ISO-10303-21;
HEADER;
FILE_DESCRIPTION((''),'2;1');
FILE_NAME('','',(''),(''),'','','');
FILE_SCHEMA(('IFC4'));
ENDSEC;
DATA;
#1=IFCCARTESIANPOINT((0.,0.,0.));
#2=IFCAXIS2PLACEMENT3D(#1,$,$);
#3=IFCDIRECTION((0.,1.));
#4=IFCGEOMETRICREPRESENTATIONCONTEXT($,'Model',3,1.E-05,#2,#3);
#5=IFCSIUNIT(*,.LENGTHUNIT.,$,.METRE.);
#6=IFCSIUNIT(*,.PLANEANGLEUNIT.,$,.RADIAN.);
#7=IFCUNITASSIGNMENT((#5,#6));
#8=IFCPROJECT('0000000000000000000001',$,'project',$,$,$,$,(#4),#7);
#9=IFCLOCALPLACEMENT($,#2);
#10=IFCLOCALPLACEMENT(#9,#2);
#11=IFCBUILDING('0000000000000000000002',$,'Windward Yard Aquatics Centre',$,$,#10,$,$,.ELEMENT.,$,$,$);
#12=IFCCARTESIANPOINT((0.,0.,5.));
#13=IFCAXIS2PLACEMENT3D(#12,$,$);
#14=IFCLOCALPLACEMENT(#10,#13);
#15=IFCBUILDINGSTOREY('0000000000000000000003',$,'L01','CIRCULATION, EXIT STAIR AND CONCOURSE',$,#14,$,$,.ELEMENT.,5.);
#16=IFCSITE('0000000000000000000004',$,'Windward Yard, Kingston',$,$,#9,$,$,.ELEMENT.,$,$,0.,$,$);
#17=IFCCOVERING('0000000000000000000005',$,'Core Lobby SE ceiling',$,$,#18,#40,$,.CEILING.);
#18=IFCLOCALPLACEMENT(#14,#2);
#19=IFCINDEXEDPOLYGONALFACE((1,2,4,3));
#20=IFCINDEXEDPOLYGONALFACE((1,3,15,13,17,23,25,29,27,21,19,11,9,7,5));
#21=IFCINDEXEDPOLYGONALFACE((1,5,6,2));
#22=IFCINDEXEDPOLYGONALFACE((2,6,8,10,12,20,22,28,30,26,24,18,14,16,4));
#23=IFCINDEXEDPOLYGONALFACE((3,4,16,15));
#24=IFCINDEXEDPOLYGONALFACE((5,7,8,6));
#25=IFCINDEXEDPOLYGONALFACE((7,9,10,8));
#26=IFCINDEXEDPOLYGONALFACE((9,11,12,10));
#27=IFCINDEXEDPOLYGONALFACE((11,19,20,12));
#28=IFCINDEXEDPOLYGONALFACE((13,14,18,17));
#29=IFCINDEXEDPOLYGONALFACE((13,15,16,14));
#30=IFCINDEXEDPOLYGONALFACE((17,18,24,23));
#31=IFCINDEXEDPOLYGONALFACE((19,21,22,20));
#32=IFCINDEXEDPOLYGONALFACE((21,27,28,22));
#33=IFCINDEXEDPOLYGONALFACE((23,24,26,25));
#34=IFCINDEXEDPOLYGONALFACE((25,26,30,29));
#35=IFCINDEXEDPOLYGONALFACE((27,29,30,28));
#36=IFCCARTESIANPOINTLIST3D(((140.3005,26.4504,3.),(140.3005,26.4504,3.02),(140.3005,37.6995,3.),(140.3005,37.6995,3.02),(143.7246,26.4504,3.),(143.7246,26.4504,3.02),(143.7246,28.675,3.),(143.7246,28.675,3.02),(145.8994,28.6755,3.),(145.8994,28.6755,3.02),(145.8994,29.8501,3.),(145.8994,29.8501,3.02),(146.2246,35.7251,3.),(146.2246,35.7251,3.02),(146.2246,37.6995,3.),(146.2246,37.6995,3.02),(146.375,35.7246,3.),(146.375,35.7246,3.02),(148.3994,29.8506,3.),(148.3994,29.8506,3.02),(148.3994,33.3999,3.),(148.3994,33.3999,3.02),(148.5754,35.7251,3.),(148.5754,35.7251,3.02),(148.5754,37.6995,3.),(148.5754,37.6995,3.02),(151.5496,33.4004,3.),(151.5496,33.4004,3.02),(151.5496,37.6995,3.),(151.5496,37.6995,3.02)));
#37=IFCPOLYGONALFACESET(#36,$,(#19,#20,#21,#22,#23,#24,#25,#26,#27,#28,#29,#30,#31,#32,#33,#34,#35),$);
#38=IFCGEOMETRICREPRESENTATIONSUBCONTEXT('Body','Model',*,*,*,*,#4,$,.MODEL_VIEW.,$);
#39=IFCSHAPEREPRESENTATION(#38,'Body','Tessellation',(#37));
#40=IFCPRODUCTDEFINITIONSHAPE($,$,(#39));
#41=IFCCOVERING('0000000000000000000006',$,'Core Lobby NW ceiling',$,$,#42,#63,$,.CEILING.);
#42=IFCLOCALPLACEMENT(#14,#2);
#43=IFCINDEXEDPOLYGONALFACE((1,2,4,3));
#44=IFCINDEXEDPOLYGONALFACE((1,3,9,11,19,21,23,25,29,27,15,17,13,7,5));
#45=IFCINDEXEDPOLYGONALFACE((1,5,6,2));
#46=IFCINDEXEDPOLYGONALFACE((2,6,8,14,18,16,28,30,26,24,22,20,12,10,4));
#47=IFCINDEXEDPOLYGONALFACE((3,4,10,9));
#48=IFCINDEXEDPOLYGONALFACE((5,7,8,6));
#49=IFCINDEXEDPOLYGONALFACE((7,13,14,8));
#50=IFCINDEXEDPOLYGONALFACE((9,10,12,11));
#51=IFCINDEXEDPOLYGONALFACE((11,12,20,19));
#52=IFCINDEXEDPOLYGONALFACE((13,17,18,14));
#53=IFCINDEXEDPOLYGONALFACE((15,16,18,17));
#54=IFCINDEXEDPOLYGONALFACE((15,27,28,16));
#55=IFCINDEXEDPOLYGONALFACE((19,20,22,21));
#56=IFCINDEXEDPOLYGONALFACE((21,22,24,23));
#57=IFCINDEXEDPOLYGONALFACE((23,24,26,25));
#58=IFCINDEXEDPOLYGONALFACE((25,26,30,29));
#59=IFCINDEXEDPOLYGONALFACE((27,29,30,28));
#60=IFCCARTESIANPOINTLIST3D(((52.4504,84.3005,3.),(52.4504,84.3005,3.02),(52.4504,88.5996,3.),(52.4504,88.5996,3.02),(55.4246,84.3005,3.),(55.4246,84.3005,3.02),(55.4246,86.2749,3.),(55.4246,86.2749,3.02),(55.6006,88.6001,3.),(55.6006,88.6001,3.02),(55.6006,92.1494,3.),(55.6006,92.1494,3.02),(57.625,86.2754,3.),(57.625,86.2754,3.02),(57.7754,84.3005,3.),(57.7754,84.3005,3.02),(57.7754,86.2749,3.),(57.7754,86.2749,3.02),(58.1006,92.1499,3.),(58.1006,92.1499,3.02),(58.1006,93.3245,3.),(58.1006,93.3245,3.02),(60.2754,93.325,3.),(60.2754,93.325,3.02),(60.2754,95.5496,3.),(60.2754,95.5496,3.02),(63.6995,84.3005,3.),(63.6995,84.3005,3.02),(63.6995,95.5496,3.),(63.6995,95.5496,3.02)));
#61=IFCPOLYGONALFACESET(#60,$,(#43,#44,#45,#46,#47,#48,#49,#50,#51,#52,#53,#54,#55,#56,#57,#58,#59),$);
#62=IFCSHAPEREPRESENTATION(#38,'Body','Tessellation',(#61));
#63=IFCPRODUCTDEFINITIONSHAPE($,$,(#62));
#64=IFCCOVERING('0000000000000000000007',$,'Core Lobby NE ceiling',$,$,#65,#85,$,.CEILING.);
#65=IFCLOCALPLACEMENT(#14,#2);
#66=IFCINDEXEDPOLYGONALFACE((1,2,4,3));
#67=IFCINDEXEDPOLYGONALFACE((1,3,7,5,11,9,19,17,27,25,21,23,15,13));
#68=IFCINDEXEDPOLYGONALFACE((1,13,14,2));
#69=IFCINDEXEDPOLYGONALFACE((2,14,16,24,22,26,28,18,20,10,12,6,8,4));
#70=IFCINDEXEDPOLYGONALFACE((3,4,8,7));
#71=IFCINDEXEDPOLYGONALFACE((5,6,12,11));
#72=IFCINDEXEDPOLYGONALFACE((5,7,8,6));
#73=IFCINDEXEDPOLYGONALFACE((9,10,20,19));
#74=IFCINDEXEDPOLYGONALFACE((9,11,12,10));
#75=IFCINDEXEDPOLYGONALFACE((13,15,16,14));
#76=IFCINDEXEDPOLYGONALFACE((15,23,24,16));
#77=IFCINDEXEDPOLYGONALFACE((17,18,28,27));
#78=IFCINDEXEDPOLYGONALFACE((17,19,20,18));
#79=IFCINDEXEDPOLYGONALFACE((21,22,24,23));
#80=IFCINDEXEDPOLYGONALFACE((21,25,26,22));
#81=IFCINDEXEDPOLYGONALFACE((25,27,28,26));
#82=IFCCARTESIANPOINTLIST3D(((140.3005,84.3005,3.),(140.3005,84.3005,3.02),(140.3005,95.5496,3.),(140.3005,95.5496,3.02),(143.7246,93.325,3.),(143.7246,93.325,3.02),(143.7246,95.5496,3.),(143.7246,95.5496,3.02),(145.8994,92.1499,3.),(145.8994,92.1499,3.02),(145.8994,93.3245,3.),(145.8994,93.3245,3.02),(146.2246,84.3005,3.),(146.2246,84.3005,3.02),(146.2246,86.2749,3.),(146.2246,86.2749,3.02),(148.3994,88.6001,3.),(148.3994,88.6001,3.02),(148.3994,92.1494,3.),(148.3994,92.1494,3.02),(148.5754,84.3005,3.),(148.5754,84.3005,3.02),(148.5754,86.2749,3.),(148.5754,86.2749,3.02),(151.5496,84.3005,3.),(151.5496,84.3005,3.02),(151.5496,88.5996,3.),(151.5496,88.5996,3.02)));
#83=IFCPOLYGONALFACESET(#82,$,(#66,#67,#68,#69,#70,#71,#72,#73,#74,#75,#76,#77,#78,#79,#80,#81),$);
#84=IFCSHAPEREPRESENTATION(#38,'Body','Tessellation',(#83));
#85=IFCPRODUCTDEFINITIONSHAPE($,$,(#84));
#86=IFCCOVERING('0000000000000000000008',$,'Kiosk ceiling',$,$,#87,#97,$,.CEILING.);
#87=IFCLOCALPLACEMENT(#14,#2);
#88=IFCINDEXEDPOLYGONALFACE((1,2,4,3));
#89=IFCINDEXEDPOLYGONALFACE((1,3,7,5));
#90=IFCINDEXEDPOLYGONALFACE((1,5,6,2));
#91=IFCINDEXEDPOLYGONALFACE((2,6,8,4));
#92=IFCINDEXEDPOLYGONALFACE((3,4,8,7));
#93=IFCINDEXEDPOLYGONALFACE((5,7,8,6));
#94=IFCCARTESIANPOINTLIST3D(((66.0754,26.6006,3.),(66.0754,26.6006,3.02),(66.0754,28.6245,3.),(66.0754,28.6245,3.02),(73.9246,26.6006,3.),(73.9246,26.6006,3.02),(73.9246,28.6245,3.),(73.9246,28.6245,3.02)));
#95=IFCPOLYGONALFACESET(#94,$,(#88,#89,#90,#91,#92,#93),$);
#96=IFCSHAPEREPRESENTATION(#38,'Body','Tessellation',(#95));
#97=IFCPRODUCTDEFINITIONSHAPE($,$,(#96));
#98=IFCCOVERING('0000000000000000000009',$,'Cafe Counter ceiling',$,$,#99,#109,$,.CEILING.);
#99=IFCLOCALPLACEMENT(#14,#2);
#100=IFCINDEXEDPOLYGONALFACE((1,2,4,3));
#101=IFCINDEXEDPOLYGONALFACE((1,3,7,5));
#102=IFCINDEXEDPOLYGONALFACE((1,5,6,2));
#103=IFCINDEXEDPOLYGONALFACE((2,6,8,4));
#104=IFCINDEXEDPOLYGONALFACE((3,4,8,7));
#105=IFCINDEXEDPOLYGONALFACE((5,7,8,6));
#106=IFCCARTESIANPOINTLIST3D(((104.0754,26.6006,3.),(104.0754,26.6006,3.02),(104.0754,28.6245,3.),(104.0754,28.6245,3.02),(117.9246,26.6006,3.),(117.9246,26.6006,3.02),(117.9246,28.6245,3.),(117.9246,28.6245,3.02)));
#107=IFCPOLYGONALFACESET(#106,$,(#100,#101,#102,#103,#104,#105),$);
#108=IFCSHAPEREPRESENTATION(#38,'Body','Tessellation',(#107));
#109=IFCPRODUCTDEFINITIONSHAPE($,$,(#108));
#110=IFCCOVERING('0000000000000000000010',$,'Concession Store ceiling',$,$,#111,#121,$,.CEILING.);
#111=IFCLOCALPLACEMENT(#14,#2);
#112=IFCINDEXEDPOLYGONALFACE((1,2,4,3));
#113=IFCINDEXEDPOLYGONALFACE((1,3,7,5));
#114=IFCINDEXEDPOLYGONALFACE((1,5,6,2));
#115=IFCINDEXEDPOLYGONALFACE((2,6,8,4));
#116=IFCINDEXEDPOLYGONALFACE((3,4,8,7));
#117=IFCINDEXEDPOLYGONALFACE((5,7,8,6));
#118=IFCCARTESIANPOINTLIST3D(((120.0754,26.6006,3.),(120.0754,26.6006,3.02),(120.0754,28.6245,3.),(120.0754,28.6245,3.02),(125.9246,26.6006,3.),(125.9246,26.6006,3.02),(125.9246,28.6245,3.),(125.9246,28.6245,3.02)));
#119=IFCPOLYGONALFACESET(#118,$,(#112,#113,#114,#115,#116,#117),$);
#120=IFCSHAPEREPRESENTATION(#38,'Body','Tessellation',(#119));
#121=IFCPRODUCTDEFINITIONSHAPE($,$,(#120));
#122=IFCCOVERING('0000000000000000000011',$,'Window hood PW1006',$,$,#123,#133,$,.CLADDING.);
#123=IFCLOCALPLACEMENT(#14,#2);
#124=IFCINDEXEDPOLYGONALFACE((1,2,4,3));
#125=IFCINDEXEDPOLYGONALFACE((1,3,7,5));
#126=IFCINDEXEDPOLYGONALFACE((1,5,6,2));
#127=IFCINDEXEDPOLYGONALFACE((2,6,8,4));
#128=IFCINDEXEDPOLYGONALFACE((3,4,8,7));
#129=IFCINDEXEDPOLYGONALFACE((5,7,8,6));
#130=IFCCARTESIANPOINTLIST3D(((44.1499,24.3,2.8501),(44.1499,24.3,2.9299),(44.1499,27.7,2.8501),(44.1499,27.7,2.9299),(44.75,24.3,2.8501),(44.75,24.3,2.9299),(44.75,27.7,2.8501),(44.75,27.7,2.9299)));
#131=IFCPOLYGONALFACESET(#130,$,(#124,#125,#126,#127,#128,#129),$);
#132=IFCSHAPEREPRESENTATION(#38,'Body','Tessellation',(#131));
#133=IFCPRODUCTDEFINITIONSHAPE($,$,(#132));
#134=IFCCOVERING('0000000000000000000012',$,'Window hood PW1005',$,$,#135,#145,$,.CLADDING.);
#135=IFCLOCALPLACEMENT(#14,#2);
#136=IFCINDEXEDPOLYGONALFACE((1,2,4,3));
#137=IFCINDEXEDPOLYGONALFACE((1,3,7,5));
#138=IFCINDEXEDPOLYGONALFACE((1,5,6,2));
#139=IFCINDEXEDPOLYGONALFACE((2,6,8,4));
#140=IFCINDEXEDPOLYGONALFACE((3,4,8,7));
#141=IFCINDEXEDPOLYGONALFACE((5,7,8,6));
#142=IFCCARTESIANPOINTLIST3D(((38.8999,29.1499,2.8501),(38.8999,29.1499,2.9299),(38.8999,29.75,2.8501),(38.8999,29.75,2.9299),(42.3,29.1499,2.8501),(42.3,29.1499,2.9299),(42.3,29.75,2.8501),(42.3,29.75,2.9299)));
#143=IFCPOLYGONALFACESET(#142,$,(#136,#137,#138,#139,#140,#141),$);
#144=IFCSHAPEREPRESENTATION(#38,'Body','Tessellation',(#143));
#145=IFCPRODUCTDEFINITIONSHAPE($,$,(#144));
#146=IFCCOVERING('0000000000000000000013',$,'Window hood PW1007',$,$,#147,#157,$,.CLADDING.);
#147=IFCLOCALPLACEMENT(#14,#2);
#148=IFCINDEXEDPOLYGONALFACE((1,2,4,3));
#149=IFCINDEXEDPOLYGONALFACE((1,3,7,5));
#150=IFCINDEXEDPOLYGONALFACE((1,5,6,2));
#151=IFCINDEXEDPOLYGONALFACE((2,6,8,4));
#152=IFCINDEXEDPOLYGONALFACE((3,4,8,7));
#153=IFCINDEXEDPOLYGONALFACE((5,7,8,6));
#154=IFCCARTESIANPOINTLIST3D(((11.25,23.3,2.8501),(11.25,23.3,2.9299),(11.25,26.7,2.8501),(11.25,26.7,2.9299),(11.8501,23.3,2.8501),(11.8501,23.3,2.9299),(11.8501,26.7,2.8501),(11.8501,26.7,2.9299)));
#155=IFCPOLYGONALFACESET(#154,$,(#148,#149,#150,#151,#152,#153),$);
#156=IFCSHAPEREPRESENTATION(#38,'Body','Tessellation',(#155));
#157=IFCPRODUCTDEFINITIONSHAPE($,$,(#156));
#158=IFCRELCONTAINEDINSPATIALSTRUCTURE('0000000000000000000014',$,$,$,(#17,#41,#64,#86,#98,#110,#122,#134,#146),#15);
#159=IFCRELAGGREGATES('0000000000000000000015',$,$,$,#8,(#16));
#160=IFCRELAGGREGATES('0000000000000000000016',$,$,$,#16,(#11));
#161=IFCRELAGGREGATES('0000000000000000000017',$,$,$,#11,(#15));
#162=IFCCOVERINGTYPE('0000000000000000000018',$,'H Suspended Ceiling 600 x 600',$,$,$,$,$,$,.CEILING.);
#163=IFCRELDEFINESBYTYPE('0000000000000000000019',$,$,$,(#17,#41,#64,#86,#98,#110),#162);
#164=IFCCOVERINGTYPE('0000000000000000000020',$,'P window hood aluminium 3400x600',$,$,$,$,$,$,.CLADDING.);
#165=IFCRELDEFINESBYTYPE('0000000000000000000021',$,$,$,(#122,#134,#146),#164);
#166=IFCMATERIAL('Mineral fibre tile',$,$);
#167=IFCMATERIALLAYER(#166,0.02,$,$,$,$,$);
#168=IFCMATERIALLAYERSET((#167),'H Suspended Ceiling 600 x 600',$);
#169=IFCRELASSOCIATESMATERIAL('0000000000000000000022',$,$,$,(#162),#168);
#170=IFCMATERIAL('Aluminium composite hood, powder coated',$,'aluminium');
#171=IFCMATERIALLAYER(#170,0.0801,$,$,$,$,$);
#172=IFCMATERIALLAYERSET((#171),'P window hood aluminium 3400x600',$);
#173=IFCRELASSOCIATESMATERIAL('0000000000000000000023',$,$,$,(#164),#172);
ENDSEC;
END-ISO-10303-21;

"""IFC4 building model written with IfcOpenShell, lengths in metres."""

from ifc_helpers import new_model, si_unit, direction, frame, origin, place, context, subcontext, project, spatial, polyline, outline, extrude, material, layer, layer_set, type_object, element, save


model = new_model("IFC4")

# Units and contexts
model_context = context("Model", 3, precision=1e-05, world=origin(), true_north=direction((0.0, 1.0)))
body_context = subcontext(model_context, "Body", "Model", "MODEL_VIEW")
ifc_project = project(units=[si_unit("LENGTHUNIT", "METRE"), si_unit("PLANEANGLEUNIT", "RADIAN")], contexts=[model_context])

# Site, building, storey
site_placement = place(None, origin())
site = spatial("IfcSite", under=ifc_project, at=site_placement, Name="Windward Yard, Kingston", CompositionType="ELEMENT", RefElevation=0.0)
building_placement = place(site_placement, origin())
building = spatial("IfcBuilding", under=site, at=building_placement, Name="Windward Yard Aquatics Centre", CompositionType="ELEMENT")
storey_placement = place(building_placement, frame((0.0, 0.0, 5.0)))
storey = spatial("IfcBuildingStorey", under=building, at=storey_placement, Name="L01", Description="CIRCULATION, EXIT STAIR AND CONCOURSE", CompositionType="ELEMENT", Elevation=5.0)

# Coverings
ifc_material_1 = material(Name="Aluminium composite hood, powder coated", Category="aluminium")
ifc_material_2 = material(Name="Mineral fibre tile")
ifc_layer_1 = layer(ifc_material_2, 0.02)
ifc_layer_set_1 = layer_set([ifc_layer_1], Name="H Suspended Ceiling 600 x 600")
covering_type_1 = type_object("IfcCoveringType", Name="H Suspended Ceiling 600 x 600", PredefinedType="CEILING", material=ifc_layer_set_1)
covering_1_placement = place(storey_placement, frame((0.0, 0.0, 3.0)))
element("IfcCovering", 1, at=covering_1_placement, inside=storey, type_object=covering_type_1, Name="Core Lobby SE ceiling", PredefinedType="CEILING", context=body_context, shape_type="SweptSolid", body=[
    extrude(outline(polyline([(140.3005, 26.4504), (140.3005, 37.6995), (146.2246, 37.6995), (146.2246, 35.7251), (146.375, 35.7246), (148.5754, 35.7251), (148.5754, 37.6995), (151.5496, 37.6995), (151.5496, 33.4004), (148.3994, 33.3999), (148.3994, 29.8506), (145.8994, 29.8501), (145.8994, 28.6755), (143.7246, 28.675), (143.7246, 26.4504), (140.3005, 26.4504)])), origin(), (0.0, 0.0, 1.0), 0.02),
])
covering_2_placement = place(storey_placement, frame((0.0, 0.0, 3.0)))
element("IfcCovering", 2, at=covering_2_placement, inside=storey, type_object=covering_type_1, Name="Core Lobby NW ceiling", PredefinedType="CEILING", context=body_context, shape_type="SweptSolid", body=[
    extrude(outline(polyline([(52.4504, 84.3005), (52.4504, 88.5996), (55.6006, 88.6001), (55.6006, 92.1494), (58.1006, 92.1499), (58.1006, 93.3245), (60.2754, 93.325), (60.2754, 95.5496), (63.6995, 95.5496), (63.6995, 84.3005), (57.7754, 84.3005), (57.7754, 86.2749), (57.625, 86.2754), (55.4246, 86.2749), (55.4246, 84.3005), (52.4504, 84.3005)])), origin(), (0.0, 0.0, 1.0), 0.02),
])
covering_3_placement = place(storey_placement, frame((0.0, 0.0, 3.0)))
element("IfcCovering", 3, at=covering_3_placement, inside=storey, type_object=covering_type_1, Name="Core Lobby NE ceiling", PredefinedType="CEILING", context=body_context, shape_type="SweptSolid", body=[
    extrude(outline(polyline([(140.3005, 84.3005), (140.3005, 95.5496), (143.7246, 95.5496), (143.7246, 93.325), (145.8994, 93.3245), (145.8994, 92.1499), (148.3994, 92.1494), (148.3994, 88.6001), (151.5496, 88.5996), (151.5496, 84.3005), (148.5754, 84.3005), (148.5754, 86.2749), (146.2246, 86.2749), (146.2246, 84.3005), (140.3005, 84.3005)])), origin(), (0.0, 0.0, 1.0), 0.02),
])
covering_4_placement = place(storey_placement, frame((0.0, 0.0, 3.0)))
element("IfcCovering", 4, at=covering_4_placement, inside=storey, type_object=covering_type_1, Name="Kiosk ceiling", PredefinedType="CEILING", context=body_context, shape_type="SweptSolid", body=[
    extrude(outline(polyline([(66.0754, 26.6006), (66.0754, 28.6245), (73.9246, 28.6245), (73.9246, 26.6006), (66.0754, 26.6006)])), origin(), (0.0, 0.0, 1.0), 0.02),
])
covering_5_placement = place(storey_placement, frame((0.0, 0.0, 3.0)))
element("IfcCovering", 5, at=covering_5_placement, inside=storey, type_object=covering_type_1, Name="Cafe Counter ceiling", PredefinedType="CEILING", context=body_context, shape_type="SweptSolid", body=[
    extrude(outline(polyline([(104.0754, 26.6006), (104.0754, 28.6245), (117.9246, 28.6245), (117.9246, 26.6006), (104.0754, 26.6006)])), origin(), (0.0, 0.0, 1.0), 0.02),
])
covering_6_placement = place(storey_placement, frame((0.0, 0.0, 3.0)))
element("IfcCovering", 6, at=covering_6_placement, inside=storey, type_object=covering_type_1, Name="Concession Store ceiling", PredefinedType="CEILING", context=body_context, shape_type="SweptSolid", body=[
    extrude(outline(polyline([(120.0754, 26.6006), (120.0754, 28.6245), (125.9246, 28.6245), (125.9246, 26.6006), (120.0754, 26.6006)])), origin(), (0.0, 0.0, 1.0), 0.02),
])
ifc_layer_2 = layer(ifc_material_1, 0.0801)
ifc_layer_set_2 = layer_set([ifc_layer_2], Name="P window hood aluminium 3400x600")
covering_type_2 = type_object("IfcCoveringType", Name="P window hood aluminium 3400x600", PredefinedType="CLADDING", material=ifc_layer_set_2)
covering_7_placement = place(storey_placement, frame((0.0, 0.0, 2.8501)))
element("IfcCovering", 7, at=covering_7_placement, inside=storey, type_object=covering_type_2, Name="Window hood PW1006", PredefinedType="CLADDING", context=body_context, shape_type="SweptSolid", body=[
    extrude(outline(polyline([(44.1499, 24.3), (44.1499, 27.7), (44.75, 27.7), (44.75, 24.3), (44.1499, 24.3)])), origin(), (0.0, 0.0, 1.0), 0.0798),
])
covering_8_placement = place(storey_placement, frame((0.0, 0.0, 2.8501)))
element("IfcCovering", 8, at=covering_8_placement, inside=storey, type_object=covering_type_2, Name="Window hood PW1005", PredefinedType="CLADDING", context=body_context, shape_type="SweptSolid", body=[
    extrude(outline(polyline([(38.8999, 29.1499), (42.3, 29.1499), (42.3, 29.75), (38.8999, 29.75), (38.8999, 29.1499)])), origin(), (0.0, 0.0, 1.0), 0.0798),
])
covering_9_placement = place(storey_placement, frame((0.0, 0.0, 2.8501)))
element("IfcCovering", 9, at=covering_9_placement, inside=storey, type_object=covering_type_2, Name="Window hood PW1007", PredefinedType="CLADDING", context=body_context, shape_type="SweptSolid", body=[
    extrude(outline(polyline([(11.25, 23.3), (11.8501, 23.3), (11.8501, 26.7), (11.25, 26.7), (11.25, 23.3)])), origin(), (0.0, 0.0, 1.0), 0.0798),
])

save(model, "model.ifc")
